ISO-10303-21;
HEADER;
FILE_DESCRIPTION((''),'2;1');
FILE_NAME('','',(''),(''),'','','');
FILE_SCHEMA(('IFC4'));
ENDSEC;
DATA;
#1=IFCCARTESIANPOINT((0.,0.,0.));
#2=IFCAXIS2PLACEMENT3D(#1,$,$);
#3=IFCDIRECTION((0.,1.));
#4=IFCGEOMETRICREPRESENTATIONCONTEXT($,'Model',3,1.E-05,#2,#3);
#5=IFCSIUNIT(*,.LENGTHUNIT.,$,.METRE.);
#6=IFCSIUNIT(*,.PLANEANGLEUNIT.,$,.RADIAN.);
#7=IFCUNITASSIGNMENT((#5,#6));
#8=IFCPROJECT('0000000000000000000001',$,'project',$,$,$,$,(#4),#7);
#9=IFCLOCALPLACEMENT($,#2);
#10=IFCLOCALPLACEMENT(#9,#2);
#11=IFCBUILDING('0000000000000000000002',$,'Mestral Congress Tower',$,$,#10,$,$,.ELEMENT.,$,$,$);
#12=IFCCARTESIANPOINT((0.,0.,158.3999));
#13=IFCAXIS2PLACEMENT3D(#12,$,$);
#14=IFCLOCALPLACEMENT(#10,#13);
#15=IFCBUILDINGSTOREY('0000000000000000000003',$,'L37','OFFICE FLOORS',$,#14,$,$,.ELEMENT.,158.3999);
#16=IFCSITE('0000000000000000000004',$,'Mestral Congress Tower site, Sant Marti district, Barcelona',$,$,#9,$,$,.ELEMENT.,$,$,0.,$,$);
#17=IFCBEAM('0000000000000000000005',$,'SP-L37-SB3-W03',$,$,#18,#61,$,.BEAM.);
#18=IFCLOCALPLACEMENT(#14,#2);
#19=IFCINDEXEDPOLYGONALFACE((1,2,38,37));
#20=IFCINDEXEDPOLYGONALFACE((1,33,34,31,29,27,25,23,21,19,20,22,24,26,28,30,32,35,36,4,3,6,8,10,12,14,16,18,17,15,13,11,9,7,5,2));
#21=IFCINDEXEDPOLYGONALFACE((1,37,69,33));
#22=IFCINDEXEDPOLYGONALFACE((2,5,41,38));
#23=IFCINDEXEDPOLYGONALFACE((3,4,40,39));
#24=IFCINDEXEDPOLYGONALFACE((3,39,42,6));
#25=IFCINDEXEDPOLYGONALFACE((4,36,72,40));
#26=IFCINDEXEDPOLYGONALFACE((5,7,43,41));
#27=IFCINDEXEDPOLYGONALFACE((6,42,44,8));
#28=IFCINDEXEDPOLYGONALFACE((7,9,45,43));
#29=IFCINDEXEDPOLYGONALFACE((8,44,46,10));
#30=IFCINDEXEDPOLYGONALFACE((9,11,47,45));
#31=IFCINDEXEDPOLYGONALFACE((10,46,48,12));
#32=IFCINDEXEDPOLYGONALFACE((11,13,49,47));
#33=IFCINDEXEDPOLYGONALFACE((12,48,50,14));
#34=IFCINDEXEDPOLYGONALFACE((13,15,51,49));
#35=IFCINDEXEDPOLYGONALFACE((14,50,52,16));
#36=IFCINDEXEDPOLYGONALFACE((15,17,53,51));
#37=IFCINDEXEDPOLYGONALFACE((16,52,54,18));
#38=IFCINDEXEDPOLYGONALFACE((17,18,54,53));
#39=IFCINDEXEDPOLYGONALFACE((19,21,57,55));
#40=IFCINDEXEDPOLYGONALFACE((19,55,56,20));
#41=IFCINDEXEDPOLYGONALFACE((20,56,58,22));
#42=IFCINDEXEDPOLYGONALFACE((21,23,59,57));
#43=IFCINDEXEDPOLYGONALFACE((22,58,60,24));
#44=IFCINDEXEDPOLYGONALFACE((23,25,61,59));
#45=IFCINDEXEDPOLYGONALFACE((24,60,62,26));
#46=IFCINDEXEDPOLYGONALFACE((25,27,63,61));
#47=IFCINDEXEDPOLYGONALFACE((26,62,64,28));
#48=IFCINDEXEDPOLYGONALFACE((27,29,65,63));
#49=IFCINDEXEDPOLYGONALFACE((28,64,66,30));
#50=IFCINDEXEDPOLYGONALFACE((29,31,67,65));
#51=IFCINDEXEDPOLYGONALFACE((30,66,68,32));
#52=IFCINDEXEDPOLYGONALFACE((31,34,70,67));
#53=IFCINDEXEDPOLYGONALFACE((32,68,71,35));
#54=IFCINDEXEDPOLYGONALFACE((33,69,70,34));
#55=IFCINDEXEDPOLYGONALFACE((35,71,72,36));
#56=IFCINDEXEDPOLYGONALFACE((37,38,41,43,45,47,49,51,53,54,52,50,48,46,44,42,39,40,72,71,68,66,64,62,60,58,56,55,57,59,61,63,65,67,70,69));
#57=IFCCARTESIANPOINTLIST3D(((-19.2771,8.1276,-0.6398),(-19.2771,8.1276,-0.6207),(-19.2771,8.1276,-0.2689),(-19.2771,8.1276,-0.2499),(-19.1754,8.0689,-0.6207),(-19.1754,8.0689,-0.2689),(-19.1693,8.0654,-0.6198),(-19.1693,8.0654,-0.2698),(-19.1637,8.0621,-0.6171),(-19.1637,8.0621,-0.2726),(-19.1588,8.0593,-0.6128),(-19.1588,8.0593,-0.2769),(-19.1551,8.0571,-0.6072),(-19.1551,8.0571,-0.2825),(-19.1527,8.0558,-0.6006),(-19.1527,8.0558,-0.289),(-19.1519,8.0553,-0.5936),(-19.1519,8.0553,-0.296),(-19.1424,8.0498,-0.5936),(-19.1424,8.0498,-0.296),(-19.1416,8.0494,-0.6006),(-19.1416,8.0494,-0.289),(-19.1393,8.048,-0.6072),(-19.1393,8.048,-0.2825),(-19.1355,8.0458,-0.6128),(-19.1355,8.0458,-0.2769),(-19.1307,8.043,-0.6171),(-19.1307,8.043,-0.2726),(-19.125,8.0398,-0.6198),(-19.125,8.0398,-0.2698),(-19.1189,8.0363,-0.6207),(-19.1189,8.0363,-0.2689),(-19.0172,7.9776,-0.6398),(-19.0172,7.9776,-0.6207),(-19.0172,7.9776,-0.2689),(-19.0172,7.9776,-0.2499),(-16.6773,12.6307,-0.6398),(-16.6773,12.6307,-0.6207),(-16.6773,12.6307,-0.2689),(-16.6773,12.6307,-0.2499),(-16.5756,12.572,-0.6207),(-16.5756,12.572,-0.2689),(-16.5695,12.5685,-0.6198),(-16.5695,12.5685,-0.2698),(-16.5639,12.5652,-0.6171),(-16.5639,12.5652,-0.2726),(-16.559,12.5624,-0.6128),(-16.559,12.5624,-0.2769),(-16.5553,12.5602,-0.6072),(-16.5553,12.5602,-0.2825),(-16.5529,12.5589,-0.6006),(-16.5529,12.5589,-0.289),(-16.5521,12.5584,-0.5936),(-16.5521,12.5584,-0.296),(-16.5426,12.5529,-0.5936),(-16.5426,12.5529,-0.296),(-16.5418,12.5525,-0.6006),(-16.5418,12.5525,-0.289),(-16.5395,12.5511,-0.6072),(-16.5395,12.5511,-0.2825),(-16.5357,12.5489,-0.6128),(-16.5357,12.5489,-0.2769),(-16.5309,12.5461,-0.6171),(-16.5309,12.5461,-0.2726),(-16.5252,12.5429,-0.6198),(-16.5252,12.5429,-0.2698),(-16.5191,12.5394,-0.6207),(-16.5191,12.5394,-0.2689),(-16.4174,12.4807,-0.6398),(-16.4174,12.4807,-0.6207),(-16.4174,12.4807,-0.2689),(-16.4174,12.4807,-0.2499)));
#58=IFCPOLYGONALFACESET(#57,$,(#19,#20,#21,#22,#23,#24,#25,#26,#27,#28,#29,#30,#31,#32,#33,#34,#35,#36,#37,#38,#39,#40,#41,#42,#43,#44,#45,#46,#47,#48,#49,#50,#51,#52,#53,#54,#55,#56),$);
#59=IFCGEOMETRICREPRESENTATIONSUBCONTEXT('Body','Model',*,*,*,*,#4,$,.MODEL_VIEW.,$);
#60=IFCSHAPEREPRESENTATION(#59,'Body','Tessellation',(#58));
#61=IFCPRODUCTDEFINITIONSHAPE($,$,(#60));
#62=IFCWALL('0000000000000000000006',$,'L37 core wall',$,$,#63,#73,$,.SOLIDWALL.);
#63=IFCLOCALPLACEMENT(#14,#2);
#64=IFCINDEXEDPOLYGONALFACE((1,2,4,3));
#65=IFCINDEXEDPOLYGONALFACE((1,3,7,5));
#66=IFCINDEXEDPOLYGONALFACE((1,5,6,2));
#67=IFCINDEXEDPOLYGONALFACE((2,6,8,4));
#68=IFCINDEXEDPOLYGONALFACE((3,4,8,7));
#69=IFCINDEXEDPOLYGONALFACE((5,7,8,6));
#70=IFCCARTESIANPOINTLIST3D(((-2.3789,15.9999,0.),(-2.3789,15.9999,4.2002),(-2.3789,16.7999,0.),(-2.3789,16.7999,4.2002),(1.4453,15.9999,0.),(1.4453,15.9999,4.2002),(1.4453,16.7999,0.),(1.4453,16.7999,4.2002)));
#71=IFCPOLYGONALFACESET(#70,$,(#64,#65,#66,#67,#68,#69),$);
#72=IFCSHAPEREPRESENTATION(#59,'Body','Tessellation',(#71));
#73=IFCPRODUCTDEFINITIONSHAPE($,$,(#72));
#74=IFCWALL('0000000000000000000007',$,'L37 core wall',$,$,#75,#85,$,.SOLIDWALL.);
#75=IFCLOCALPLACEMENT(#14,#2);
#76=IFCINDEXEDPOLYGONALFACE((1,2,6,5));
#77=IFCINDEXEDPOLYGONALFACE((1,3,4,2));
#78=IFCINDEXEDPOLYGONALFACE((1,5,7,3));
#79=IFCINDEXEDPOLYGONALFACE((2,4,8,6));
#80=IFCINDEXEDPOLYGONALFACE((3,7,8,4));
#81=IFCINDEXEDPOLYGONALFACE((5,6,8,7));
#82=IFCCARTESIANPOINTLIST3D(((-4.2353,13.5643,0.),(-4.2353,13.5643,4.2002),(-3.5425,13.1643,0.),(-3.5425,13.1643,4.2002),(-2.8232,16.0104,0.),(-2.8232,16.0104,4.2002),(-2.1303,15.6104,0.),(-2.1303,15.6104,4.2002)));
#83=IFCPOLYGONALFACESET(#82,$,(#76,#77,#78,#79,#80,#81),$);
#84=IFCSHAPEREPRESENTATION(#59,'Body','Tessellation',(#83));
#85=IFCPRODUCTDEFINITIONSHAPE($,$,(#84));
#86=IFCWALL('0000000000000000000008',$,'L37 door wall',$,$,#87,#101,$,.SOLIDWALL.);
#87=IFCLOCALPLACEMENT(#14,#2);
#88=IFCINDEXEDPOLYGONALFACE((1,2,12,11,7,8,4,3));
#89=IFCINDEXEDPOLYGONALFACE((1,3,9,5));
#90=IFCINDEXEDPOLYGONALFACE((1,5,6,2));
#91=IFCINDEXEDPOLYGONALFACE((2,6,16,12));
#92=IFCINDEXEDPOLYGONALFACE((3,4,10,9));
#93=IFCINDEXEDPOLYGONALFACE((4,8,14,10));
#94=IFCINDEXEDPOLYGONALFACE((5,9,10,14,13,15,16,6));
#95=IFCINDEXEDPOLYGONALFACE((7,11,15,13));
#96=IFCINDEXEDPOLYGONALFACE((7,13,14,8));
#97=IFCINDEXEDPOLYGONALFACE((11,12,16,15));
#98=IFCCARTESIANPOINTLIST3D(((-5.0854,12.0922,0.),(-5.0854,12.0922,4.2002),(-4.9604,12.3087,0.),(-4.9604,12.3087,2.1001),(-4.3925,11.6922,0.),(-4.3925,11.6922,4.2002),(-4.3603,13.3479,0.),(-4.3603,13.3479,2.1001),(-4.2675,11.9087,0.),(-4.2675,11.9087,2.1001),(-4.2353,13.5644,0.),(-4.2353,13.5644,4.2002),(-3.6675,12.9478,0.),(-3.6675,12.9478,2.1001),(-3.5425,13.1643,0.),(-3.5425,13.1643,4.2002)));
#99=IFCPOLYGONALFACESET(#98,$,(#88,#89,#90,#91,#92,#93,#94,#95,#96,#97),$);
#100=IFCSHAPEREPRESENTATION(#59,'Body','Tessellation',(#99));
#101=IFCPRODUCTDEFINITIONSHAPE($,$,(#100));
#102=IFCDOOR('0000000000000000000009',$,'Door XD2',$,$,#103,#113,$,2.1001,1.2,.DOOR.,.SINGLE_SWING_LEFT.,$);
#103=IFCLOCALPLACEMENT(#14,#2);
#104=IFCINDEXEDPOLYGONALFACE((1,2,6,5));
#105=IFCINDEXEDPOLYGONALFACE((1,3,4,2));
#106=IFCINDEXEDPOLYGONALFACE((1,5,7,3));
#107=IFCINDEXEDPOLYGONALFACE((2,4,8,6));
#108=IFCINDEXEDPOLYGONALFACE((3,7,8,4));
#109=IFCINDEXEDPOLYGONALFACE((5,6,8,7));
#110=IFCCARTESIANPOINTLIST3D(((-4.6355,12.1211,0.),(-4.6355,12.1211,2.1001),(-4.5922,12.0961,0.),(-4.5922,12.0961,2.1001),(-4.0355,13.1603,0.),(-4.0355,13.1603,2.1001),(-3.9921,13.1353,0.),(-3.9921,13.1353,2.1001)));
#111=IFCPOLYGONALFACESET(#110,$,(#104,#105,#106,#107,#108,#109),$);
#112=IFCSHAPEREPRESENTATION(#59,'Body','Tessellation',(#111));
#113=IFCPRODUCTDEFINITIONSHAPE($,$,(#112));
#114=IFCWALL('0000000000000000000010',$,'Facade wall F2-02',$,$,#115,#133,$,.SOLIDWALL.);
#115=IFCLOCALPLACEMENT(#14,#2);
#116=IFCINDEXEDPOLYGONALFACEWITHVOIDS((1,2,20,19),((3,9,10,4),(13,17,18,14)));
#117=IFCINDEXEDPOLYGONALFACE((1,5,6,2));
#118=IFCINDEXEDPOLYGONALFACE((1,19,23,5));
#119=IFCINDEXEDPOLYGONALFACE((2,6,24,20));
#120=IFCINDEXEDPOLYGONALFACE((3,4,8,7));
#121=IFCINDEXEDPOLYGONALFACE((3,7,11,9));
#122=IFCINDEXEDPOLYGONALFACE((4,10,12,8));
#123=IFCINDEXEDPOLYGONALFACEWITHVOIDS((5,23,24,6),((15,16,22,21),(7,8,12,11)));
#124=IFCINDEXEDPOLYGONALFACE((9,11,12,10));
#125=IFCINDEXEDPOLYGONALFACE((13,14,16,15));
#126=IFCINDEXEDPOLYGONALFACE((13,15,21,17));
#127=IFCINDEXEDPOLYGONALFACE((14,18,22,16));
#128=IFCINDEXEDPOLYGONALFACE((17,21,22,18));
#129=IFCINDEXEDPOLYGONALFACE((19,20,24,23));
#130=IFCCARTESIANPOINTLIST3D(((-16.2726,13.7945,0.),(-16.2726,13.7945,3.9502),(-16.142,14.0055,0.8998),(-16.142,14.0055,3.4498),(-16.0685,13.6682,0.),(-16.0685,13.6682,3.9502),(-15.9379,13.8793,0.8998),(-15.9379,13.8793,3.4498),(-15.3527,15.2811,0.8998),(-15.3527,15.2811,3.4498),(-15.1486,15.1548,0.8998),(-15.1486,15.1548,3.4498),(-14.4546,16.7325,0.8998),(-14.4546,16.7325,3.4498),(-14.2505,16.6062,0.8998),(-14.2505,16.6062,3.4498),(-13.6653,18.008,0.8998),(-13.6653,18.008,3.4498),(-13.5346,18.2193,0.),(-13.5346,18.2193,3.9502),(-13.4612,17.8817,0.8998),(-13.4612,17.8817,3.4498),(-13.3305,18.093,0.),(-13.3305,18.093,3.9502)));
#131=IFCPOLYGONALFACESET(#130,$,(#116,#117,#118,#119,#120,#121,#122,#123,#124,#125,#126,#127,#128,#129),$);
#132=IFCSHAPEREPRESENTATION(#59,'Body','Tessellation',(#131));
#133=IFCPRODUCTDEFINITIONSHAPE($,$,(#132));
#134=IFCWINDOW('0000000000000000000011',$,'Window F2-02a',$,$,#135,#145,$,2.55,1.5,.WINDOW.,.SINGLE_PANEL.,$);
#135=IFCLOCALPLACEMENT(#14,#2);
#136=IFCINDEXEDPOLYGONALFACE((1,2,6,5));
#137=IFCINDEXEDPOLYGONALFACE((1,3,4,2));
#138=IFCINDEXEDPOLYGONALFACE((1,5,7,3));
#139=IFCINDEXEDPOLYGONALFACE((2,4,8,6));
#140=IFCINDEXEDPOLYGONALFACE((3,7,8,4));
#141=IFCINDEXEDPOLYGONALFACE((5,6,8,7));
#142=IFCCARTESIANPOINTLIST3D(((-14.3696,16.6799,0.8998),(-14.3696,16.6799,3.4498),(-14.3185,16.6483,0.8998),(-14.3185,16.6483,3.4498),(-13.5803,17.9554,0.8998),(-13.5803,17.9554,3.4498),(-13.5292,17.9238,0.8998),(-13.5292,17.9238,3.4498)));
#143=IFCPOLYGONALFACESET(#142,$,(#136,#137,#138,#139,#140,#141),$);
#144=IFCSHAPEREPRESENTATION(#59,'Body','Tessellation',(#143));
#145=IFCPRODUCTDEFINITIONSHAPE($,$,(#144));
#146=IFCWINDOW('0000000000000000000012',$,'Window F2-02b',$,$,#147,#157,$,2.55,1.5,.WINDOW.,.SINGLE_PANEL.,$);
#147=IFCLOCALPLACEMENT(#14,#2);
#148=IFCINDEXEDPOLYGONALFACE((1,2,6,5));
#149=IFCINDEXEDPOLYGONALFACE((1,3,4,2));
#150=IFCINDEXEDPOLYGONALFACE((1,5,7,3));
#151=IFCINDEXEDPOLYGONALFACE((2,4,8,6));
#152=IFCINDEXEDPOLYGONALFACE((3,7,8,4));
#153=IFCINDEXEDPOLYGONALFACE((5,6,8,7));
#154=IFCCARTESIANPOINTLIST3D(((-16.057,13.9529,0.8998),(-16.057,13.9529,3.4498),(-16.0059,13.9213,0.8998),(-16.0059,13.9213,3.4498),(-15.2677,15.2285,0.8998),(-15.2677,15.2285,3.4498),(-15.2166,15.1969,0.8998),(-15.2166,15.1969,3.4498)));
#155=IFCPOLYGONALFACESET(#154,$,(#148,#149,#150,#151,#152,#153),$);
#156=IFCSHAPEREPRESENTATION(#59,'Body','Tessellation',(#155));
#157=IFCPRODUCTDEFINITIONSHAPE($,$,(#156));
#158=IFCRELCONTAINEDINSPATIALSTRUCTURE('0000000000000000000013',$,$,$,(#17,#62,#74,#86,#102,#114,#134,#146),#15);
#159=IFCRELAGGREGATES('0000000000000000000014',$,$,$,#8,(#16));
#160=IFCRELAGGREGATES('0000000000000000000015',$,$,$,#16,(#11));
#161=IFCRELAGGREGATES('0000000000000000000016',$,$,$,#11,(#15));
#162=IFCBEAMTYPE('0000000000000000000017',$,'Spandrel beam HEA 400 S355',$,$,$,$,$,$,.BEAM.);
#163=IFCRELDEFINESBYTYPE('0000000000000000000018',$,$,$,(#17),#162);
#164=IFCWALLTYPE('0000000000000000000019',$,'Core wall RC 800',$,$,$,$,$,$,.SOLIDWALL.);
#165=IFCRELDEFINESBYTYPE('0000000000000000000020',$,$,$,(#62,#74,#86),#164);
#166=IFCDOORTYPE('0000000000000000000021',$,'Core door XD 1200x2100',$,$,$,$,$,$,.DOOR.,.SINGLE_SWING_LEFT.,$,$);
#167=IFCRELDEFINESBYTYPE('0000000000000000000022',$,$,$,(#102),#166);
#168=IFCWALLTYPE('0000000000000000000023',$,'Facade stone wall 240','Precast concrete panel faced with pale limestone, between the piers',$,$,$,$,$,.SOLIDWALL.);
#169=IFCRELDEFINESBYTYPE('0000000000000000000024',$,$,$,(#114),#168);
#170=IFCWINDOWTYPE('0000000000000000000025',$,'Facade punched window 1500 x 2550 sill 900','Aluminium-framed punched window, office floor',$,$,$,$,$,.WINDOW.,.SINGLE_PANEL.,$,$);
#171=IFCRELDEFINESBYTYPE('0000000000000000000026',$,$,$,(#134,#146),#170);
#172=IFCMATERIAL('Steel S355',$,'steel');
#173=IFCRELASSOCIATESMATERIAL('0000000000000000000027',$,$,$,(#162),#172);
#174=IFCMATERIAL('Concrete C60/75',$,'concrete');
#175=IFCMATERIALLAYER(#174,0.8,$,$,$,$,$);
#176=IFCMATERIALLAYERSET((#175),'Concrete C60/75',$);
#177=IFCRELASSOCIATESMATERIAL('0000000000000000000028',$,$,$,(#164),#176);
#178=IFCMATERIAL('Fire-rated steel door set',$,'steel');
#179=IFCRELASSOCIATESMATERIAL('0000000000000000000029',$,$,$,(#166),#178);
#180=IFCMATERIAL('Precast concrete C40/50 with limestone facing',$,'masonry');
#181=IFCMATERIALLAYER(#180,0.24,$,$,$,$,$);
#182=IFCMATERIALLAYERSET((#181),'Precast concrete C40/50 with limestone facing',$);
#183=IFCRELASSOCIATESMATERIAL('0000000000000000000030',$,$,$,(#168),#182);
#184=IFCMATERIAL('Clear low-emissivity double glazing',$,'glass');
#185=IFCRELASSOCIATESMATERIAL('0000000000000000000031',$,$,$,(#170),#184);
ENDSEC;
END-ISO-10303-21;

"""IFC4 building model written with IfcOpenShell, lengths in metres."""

from ifc_helpers import new_model, si_unit, direction, frame, frame_2d, origin, origin_2d, place, context, subcontext, project, spatial, rectangle, i_section, extrude, material, layer, layer_set, material_profile, profile_set, type_object, element, fill, save


model = new_model("IFC4")

# Units and contexts
model_context = context("Model", 3, precision=1e-05, world=origin(), true_north=direction((0.0, 1.0)))
body_context = subcontext(model_context, "Body", "Model", "MODEL_VIEW")
ifc_project = project(units=[si_unit("LENGTHUNIT", "METRE"), si_unit("PLANEANGLEUNIT", "RADIAN")], contexts=[model_context])

# Site, building, storey
site_placement = place(None, origin())
site = spatial("IfcSite", under=ifc_project, at=site_placement, Name="Mestral Congress Tower site, Sant Marti district, Barcelona", CompositionType="ELEMENT", RefElevation=0.0)
building_placement = place(site_placement, origin())
building = spatial("IfcBuilding", under=site, at=building_placement, Name="Mestral Congress Tower", CompositionType="ELEMENT")
storey_placement = place(building_placement, frame((0.0, 0.0, 158.3999)))
storey = spatial("IfcBuildingStorey", under=building, at=storey_placement, Name="L37", Description="OFFICE FLOORS", CompositionType="ELEMENT", Elevation=158.3999)

# Shared definitions
ifc_material_1 = material(Name="Concrete C60/75", Category="concrete")

# Beam
ifc_material_2 = material(Name="Steel S355", Category="steel")
ifc_material_profile_1 = material_profile(ifc_material_2, i_section(OverallWidth=0.3, OverallDepth=0.3899, WebThickness=0.011, FlangeThickness=0.019, FilletRadius=0.0271, at=origin_2d()), Name="HEA 400")
ifc_profile_set_1 = profile_set([ifc_material_profile_1], Name="Steel S355")
beam_type_1 = type_object("IfcBeamType", Name="Spandrel beam HEA 400 S355", PredefinedType="BEAM", material=ifc_profile_set_1)
beam_1_placement = place(storey_placement, frame((-16.5474, 12.5557, -0.4448), z_axis=(-0.499992, -0.86603, 0.0), x_axis=(0.86603, -0.499992, 0.0)))
element("IfcBeam", 1, at=beam_1_placement, inside=storey, type_object=beam_type_1, Name="SP-L37-SB3-W03", PredefinedType="BEAM", context=body_context, shape_type="SweptSolid", body=[
    extrude(i_section(OverallWidth=0.3, OverallDepth=0.3899, WebThickness=0.011, FlangeThickness=0.019, FilletRadius=0.0271, at=origin_2d()), origin(), (0.0, 0.0, 1.0), 5.1997),
])

# Walls
ifc_layer_1 = layer(ifc_material_1, 0.8)
ifc_layer_set_1 = layer_set([ifc_layer_1], Name="Concrete C60/75")
wall_type_1 = type_object("IfcWallType", Name="Core wall RC 800", PredefinedType="SOLIDWALL", material=ifc_layer_set_1)
wall_1_placement = place(storey_placement, frame((-2.3789, 16.3999, 0.0), z_axis=(0.0, 0.0, 1.0), x_axis=(1.0, 0.0, 0.0)))
element("IfcWall", 2, at=wall_1_placement, inside=storey, type_object=wall_type_1, Name="L37 core wall", PredefinedType="SOLIDWALL", context=body_context, shape_type="SweptSolid", body=[
    extrude(rectangle(XDim=3.8242, YDim=0.8, at=frame_2d((1.9121, 0.0))), origin(), (0.0, 0.0, 1.0), 4.2002),
])
wall_2_placement = place(storey_placement, frame((-2.4768, 15.8103, 0.0), z_axis=(0.0, 0.0, 1.0), x_axis=(-0.499969, -0.866043, 0.0)))
element("IfcWall", 3, at=wall_2_placement, inside=storey, type_object=wall_type_1, Name="L37 core wall", PredefinedType="SOLIDWALL", context=body_context, shape_type="SweptSolid", body=[
    extrude(rectangle(XDim=2.8245, YDim=0.8, at=frame_2d((1.4121, 0.0))), origin(), (0.0, 0.0, 1.0), 4.2002),
])

# Wall, opening, door
wall_3_placement = place(storey_placement, frame((-4.739, 11.8921, 0.0), z_axis=(0.0, 0.0, 1.0), x_axis=(0.500062, 0.865989, 0.0)))
wall_3 = element("IfcWall", 4, at=wall_3_placement, inside=storey, type_object=wall_type_1, Name="L37 door wall", PredefinedType="SOLIDWALL", context=body_context, shape_type="SweptSolid", body=[
    extrude(rectangle(XDim=1.7, YDim=0.8, at=frame_2d((0.8501, 0.0))), origin(), (0.0, 0.0, 1.0), 4.2002),
])
opening_1_placement = place(wall_3_placement, frame((0.25, 0.0, 0.0)))
opening_1 = element("IfcOpeningElement", 5, at=opening_1_placement, cuts=wall_3, PredefinedType="OPENING", context=body_context, shape_type="SweptSolid", body=[
    extrude(rectangle(XDim=1.2, YDim=2.1001, at=frame_2d((0.6001, 1.05))), frame((0.0, 0.4099, 0.0), z_axis=(0.0, -1.0, 0.0), x_axis=(1.0, 0.0, 0.0)), (0.0, 0.0, 1.0), 0.8201),
])
ifc_material_3 = material(Name="Fire-rated steel door set", Category="steel")
door_type_1 = type_object("IfcDoorType", Name="Core door XD 1200x2100", OperationType="SINGLE_SWING_LEFT", PredefinedType="DOOR", material=ifc_material_3)
door_1_placement = place(opening_1_placement, origin())
door_1 = element("IfcDoor", 6, at=door_1_placement, inside=storey, type_object=door_type_1, Name="Door XD2", OperationType="SINGLE_SWING_LEFT", OverallHeight=2.1001, OverallWidth=1.2, PredefinedType="DOOR", context=body_context, shape_type="SweptSolid", body=[
    extrude(rectangle(XDim=1.2, YDim=2.1001, at=frame_2d((0.6001, 1.05))), frame((0.0, 0.0249, 0.0), z_axis=(0.0, -1.0, 0.0), x_axis=(1.0, 0.0, 0.0)), (0.0, 0.0, 1.0), 0.05),
])
fill(opening_1, door_1)

# Wall, openings, windows
ifc_material_4 = material(Name="Precast concrete C40/50 with limestone facing", Category="masonry")
ifc_layer_2 = layer(ifc_material_4, 0.24)
ifc_layer_set_2 = layer_set([ifc_layer_2], Name="Precast concrete C40/50 with limestone facing")
wall_type_2 = type_object("IfcWallType", Name="Facade stone wall 240", Description="Precast concrete panel faced with pale limestone, between the piers", PredefinedType="SOLIDWALL", material=ifc_layer_set_2)
wall_4_placement = place(storey_placement, frame((-13.4326, 18.156, 0.0), z_axis=(0.0, 0.0, 1.0), x_axis=(-0.526198, -0.850362, 0.0)))
wall_4 = element("IfcWall", 7, at=wall_4_placement, inside=storey, type_object=wall_type_2, Name="Facade wall F2-02", PredefinedType="SOLIDWALL", context=body_context, shape_type="SweptSolid", body=[
    extrude(rectangle(XDim=5.2034, YDim=0.24, at=frame_2d((2.6016, 0.0))), origin(), (0.0, 0.0, 1.0), 3.9502),
])
opening_2_placement = place(wall_4_placement, frame((0.2483, 0.0, 0.8999)))
opening_2 = element("IfcOpeningElement", 8, at=opening_2_placement, cuts=wall_4, PredefinedType="OPENING", context=body_context, shape_type="SweptSolid", body=[
    extrude(rectangle(XDim=1.5, YDim=2.55, at=frame_2d((0.75, 1.2749))), frame((0.0, 0.1299, 0.0), z_axis=(0.0, -1.0, 0.0), x_axis=(1.0, 0.0, 0.0)), (0.0, 0.0, 1.0), 0.26),
])
opening_3_placement = place(wall_4_placement, frame((3.4551, 0.0, 0.8999)))
opening_3 = element("IfcOpeningElement", 9, at=opening_3_placement, cuts=wall_4, PredefinedType="OPENING", context=body_context, shape_type="SweptSolid", body=[
    extrude(rectangle(XDim=1.5, YDim=2.55, at=frame_2d((0.75, 1.2749))), frame((0.0, 0.1299, 0.0), z_axis=(0.0, -1.0, 0.0), x_axis=(1.0, 0.0, 0.0)), (0.0, 0.0, 1.0), 0.26),
])
ifc_material_5 = material(Name="Clear low-emissivity double glazing", Category="glass")
window_type = type_object("IfcWindowType", Name="Facade punched window 1500 x 2550 sill 900", Description="Aluminium-framed punched window, office floor", PartitioningType="SINGLE_PANEL", PredefinedType="WINDOW", material=ifc_material_5)
window_1_placement = place(opening_2_placement, origin())
window_1 = element("IfcWindow", 10, at=window_1_placement, inside=storey, type_object=window_type, Name="Window F2-02a", OverallHeight=2.55, OverallWidth=1.5, PartitioningType="SINGLE_PANEL", PredefinedType="WINDOW", context=body_context, shape_type="SweptSolid", body=[
    extrude(rectangle(XDim=1.5, YDim=2.55, at=frame_2d((0.75, 1.2749))), frame((0.0, 0.04, 0.0), z_axis=(0.0, -1.0, 0.0), x_axis=(1.0, 0.0, 0.0)), (0.0, 0.0, 1.0), 0.0601),
])
fill(opening_2, window_1)
window_2_placement = place(opening_3_placement, origin())
window_2 = element("IfcWindow", 11, at=window_2_placement, inside=storey, type_object=window_type, Name="Window F2-02b", OverallHeight=2.55, OverallWidth=1.5, PartitioningType="SINGLE_PANEL", PredefinedType="WINDOW", context=body_context, shape_type="SweptSolid", body=[
    extrude(rectangle(XDim=1.5, YDim=2.55, at=frame_2d((0.75, 1.2749))), frame((0.0, 0.04, 0.0), z_axis=(0.0, -1.0, 0.0), x_axis=(1.0, 0.0, 0.0)), (0.0, 0.0, 1.0), 0.0601),
])
fill(opening_3, window_2)

save(model, "model.ifc")
